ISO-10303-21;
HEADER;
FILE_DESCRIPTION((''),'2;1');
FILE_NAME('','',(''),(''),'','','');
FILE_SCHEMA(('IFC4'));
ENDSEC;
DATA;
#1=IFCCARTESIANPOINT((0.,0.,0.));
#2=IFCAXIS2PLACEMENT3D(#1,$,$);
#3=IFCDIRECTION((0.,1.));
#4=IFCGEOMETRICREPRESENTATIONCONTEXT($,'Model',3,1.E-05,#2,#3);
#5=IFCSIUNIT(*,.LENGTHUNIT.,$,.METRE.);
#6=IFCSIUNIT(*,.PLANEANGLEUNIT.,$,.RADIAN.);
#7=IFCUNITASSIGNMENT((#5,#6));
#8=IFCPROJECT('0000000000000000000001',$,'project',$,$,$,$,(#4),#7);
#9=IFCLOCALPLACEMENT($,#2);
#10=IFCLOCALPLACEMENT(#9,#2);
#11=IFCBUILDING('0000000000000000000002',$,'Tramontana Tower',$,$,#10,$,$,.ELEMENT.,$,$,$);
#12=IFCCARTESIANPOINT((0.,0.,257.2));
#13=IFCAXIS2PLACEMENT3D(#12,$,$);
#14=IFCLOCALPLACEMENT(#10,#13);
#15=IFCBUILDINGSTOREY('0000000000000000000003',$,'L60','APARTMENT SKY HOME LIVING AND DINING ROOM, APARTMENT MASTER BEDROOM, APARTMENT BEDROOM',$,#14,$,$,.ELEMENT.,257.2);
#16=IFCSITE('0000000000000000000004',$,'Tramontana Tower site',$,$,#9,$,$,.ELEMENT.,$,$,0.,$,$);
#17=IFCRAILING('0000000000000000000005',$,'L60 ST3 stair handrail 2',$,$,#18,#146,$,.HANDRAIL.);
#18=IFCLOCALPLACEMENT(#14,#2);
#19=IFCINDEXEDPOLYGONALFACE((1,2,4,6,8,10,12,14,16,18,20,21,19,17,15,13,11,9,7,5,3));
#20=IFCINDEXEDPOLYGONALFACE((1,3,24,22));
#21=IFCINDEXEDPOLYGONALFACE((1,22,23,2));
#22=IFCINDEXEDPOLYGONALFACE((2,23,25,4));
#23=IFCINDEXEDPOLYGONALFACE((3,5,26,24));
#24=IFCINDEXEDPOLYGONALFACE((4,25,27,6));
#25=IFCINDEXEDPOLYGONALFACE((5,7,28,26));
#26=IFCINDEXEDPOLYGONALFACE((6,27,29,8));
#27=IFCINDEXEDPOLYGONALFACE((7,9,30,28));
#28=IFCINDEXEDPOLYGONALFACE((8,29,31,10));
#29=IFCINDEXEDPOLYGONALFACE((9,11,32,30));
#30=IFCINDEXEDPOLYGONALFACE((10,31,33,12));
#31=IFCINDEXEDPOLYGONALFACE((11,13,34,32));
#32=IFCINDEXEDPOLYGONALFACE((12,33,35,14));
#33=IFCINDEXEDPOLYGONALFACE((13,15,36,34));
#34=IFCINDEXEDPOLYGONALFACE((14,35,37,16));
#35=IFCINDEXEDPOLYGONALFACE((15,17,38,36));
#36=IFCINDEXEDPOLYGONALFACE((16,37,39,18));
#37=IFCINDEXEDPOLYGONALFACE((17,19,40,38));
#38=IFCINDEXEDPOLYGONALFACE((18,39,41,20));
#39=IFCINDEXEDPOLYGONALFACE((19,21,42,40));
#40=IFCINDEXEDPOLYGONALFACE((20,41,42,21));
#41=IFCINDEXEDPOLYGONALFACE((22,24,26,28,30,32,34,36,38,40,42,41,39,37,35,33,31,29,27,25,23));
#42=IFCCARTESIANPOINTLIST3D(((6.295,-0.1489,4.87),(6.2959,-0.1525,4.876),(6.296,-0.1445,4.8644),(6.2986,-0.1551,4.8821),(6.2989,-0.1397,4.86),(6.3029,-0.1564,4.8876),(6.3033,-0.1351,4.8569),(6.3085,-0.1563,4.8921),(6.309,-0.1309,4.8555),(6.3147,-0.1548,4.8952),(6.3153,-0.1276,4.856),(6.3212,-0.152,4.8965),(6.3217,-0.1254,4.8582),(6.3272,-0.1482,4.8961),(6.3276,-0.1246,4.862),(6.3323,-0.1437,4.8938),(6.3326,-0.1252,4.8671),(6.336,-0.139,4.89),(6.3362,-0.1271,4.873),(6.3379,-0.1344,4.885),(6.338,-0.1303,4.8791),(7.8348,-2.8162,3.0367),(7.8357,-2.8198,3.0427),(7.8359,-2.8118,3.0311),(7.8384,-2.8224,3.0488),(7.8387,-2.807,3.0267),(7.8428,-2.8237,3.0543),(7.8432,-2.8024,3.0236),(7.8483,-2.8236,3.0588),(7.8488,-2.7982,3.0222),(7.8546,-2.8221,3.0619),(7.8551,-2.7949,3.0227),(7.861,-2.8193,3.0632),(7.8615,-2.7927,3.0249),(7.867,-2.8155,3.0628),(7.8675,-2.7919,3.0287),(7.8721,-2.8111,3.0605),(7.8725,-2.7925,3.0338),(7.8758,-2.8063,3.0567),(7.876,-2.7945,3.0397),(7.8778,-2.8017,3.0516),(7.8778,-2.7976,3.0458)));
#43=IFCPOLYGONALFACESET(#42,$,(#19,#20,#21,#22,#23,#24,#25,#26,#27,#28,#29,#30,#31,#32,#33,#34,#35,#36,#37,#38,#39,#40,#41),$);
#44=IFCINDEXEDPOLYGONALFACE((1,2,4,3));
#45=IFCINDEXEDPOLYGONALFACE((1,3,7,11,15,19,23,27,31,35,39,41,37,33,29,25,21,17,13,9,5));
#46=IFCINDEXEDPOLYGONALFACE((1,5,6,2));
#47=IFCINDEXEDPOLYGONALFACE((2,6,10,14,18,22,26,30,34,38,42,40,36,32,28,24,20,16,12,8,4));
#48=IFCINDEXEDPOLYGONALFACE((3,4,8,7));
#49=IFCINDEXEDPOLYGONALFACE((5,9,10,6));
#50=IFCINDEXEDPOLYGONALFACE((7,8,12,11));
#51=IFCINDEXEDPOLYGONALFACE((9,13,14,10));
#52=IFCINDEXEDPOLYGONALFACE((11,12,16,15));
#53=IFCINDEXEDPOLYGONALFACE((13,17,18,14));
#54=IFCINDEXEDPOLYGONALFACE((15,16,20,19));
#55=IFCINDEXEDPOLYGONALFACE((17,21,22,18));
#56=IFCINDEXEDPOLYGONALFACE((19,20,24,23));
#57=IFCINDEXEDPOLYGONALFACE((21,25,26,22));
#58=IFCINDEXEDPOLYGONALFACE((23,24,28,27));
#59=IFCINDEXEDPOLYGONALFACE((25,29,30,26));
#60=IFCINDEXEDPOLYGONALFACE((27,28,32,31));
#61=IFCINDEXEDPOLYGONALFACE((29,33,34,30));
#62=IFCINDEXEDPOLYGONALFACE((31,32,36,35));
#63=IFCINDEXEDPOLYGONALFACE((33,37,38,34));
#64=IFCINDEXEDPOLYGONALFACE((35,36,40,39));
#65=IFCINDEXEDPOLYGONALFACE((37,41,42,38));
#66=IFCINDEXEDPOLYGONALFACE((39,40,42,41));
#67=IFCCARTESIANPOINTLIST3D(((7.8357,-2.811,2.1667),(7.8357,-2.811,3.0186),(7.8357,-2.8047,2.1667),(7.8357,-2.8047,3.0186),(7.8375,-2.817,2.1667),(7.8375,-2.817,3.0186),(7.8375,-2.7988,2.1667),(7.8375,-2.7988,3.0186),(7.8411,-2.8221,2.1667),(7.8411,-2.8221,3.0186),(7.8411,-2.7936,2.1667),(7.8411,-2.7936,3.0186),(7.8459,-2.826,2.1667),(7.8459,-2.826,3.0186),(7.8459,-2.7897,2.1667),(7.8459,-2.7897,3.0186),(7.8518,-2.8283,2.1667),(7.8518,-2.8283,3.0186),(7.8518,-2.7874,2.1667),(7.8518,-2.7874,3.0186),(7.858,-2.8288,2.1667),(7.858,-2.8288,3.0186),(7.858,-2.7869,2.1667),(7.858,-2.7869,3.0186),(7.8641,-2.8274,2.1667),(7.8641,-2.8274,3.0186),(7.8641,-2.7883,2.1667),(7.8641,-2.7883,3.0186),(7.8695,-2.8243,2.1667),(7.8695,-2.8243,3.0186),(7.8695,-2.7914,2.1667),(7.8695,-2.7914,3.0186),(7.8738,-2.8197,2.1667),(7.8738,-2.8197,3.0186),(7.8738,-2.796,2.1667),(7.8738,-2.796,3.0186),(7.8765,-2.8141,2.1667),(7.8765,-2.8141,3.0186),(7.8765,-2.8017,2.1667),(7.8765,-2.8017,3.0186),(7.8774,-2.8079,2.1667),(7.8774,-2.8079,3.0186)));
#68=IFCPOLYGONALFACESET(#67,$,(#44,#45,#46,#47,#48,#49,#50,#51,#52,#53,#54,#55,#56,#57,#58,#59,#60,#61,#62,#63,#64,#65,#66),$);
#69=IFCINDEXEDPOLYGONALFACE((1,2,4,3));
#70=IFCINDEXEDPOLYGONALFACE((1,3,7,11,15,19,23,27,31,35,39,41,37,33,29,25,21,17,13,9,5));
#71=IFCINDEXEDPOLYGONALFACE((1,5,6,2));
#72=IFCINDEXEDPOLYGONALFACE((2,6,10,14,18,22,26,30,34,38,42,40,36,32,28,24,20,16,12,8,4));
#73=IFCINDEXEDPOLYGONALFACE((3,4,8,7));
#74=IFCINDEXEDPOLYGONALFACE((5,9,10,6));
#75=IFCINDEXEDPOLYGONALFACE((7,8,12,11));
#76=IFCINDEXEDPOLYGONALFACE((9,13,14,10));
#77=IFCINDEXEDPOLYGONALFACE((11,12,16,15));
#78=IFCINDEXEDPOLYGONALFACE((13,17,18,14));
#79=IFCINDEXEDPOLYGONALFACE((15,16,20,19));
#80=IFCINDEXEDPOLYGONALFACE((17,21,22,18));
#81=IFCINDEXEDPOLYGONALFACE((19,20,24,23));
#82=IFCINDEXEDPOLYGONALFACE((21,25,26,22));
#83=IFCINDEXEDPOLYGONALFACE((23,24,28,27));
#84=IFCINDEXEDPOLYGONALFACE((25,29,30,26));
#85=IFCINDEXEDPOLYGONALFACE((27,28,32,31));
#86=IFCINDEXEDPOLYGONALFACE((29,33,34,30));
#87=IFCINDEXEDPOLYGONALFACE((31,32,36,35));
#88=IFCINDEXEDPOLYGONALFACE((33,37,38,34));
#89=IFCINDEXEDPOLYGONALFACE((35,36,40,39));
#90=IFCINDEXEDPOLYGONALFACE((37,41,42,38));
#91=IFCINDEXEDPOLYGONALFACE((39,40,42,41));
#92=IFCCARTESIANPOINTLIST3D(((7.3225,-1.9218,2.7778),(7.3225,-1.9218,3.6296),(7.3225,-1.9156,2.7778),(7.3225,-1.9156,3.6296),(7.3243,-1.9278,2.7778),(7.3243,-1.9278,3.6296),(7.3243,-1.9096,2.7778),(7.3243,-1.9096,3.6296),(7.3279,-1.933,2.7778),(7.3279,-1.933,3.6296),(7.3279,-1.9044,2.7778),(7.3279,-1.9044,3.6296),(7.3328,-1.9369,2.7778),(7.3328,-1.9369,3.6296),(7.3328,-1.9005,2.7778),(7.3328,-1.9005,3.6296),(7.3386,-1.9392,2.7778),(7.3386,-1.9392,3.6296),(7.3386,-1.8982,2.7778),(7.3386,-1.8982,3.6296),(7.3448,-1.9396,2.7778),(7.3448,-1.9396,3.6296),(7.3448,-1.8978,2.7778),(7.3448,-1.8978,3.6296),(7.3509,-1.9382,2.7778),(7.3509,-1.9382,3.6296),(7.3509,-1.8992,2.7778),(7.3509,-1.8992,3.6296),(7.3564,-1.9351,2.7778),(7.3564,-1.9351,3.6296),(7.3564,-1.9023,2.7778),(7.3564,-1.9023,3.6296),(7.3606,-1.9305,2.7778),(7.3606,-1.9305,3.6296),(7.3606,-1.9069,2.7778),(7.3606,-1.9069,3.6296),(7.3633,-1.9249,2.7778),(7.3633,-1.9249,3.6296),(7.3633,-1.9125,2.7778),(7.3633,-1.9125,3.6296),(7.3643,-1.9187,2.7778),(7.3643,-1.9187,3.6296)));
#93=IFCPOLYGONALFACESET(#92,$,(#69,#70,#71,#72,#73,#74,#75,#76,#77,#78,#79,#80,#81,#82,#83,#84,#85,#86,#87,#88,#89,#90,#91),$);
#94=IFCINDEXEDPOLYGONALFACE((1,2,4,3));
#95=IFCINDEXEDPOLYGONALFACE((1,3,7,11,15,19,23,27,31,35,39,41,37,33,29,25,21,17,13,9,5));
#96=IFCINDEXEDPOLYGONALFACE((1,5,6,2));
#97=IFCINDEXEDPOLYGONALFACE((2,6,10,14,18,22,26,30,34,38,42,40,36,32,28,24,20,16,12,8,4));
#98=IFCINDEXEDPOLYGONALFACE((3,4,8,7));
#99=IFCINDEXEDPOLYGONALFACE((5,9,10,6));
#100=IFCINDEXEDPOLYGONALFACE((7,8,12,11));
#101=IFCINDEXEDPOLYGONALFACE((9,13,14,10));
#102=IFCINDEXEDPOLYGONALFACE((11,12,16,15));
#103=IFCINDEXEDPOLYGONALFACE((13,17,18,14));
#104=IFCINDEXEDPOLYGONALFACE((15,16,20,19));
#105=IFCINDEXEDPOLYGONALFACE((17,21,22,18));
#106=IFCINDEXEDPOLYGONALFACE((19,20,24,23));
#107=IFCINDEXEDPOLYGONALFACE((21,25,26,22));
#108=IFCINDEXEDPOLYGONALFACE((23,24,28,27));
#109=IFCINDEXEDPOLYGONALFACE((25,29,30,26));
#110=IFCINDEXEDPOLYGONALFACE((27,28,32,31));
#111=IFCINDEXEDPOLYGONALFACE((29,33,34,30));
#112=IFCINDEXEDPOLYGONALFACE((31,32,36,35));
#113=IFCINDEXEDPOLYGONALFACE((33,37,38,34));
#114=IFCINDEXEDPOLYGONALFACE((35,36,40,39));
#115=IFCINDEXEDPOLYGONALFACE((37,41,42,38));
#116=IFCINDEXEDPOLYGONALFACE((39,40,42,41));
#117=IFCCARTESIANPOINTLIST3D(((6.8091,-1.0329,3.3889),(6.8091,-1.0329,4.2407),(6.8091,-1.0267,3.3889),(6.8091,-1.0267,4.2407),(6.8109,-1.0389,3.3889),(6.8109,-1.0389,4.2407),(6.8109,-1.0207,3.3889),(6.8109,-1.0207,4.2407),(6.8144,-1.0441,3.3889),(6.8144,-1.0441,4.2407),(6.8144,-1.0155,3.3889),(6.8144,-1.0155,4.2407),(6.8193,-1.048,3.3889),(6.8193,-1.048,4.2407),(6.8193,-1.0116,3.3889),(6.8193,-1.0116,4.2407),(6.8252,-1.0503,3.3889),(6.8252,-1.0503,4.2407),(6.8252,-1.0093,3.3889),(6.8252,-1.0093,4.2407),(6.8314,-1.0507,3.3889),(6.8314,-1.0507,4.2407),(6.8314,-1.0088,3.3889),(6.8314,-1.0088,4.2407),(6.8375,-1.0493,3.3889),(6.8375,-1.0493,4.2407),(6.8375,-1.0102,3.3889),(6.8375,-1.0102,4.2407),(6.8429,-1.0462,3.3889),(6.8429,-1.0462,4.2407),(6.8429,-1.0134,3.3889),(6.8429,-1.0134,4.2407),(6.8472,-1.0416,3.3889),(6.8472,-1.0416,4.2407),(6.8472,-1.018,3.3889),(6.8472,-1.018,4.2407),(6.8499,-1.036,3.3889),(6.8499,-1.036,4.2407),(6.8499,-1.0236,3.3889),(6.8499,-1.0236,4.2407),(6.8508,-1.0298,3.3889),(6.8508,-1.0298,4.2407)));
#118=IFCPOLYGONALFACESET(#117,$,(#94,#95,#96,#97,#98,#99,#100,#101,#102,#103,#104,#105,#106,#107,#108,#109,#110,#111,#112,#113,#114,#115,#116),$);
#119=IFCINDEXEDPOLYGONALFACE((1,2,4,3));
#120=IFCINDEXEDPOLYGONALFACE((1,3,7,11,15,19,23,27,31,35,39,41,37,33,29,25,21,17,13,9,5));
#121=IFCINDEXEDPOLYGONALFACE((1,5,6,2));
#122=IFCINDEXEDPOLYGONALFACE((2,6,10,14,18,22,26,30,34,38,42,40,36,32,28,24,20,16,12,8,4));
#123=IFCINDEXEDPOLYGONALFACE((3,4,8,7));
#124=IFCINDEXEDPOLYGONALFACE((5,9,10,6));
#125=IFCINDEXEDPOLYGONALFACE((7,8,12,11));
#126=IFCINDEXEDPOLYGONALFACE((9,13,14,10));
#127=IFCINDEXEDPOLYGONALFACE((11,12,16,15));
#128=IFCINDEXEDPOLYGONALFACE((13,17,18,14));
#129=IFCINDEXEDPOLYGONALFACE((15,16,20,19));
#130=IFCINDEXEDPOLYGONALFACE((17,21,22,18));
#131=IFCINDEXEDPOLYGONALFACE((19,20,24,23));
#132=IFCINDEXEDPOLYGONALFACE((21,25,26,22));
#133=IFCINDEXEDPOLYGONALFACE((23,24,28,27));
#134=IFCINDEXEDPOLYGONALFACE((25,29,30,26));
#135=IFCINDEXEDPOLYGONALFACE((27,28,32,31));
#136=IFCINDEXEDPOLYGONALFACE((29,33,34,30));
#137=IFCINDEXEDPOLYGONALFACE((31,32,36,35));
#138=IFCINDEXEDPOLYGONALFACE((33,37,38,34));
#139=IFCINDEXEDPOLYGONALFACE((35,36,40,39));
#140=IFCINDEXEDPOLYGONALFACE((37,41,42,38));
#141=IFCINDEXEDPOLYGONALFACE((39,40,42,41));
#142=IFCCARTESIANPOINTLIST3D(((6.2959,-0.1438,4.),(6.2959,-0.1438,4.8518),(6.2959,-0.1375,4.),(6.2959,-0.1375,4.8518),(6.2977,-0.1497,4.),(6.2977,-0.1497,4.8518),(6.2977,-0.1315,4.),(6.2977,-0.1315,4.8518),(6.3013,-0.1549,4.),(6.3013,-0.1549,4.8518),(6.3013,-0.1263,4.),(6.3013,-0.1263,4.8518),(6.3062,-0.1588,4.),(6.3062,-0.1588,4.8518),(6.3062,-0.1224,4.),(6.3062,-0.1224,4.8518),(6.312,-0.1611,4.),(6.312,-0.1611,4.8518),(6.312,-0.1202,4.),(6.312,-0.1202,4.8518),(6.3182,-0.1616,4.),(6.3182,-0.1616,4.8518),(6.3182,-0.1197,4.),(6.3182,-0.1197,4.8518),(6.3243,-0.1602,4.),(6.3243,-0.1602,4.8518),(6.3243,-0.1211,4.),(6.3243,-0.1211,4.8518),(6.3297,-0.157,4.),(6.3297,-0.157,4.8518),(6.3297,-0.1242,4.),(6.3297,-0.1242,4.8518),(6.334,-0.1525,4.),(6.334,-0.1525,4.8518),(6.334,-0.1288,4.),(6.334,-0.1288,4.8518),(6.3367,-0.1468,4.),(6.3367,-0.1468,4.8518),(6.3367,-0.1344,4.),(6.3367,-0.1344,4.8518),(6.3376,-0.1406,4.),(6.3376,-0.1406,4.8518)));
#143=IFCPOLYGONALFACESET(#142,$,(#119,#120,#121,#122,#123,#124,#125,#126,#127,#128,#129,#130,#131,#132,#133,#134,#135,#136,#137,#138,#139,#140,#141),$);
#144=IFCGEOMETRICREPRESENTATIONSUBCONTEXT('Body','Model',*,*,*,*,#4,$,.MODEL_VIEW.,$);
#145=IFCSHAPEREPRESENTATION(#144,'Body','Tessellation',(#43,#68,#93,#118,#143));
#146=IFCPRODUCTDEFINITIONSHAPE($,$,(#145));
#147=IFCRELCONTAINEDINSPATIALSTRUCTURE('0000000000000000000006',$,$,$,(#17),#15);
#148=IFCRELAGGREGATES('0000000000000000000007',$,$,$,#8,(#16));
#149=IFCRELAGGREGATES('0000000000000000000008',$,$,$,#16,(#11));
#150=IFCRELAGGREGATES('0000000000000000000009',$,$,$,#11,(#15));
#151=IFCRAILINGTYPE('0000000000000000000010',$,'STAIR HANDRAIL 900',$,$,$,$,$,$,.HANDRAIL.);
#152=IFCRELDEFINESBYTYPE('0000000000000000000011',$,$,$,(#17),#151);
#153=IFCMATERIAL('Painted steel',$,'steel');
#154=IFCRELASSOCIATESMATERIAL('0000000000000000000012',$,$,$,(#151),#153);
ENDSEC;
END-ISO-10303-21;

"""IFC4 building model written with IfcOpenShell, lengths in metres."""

from ifc_helpers import new_model, si_unit, direction, frame, origin, origin_2d, place, context, subcontext, project, spatial, circle, extrude, material, type_object, element, save


model = new_model("IFC4")

# Units and contexts
model_context = context("Model", 3, precision=1e-05, world=origin(), true_north=direction((0.0, 1.0)))
body_context = subcontext(model_context, "Body", "Model", "MODEL_VIEW")
ifc_project = project(units=[si_unit("LENGTHUNIT", "METRE"), si_unit("PLANEANGLEUNIT", "RADIAN")], contexts=[model_context])

# Site, building, storey
site_placement = place(None, origin())
site = spatial("IfcSite", under=ifc_project, at=site_placement, Name="Tramontana Tower site", CompositionType="ELEMENT", RefElevation=0.0)
building_placement = place(site_placement, origin())
building = spatial("IfcBuilding", under=site, at=building_placement, Name="Tramontana Tower", CompositionType="ELEMENT")
storey_placement = place(building_placement, frame((0.0, 0.0, 257.2)))
storey = spatial("IfcBuildingStorey", under=building, at=storey_placement, Name="L60", Description="APARTMENT SKY HOME LIVING AND DINING ROOM, APARTMENT MASTER BEDROOM, APARTMENT BEDROOM", CompositionType="ELEMENT", Elevation=257.2)

# Railing
ifc_material_1 = material(Name="Painted steel", Category="steel")
railing_type_1 = type_object("IfcRailingType", Name="STAIR HANDRAIL 900", PredefinedType="HANDRAIL", material=ifc_material_1)
railing_1_placement = place(storey_placement, frame((7.8564, -2.8079, 2.1667)))
element("IfcRailing", 1, at=railing_1_placement, inside=storey, type_object=railing_type_1, Name="L60 ST3 stair handrail 2", PredefinedType="HANDRAIL", context=body_context, shape_type="SweptSolid", body=[
    extrude(circle(Radius=0.0239, at=origin_2d()), frame((0.0, 0.0, 0.876), z_axis=(-0.429616, 0.744181, 0.511493), x_axis=(-0.866044, -0.499967, 0.0)), (0.0, 0.0, 1.0), 3.5842),
    extrude(circle(Radius=0.021, at=origin_2d()), origin(), (0.0, 0.0, 1.0), 0.8518),
    extrude(circle(Radius=0.021, at=origin_2d()), frame((-0.5132, 0.8892, 0.6111)), (0.0, 0.0, 1.0), 0.8518),
    extrude(circle(Radius=0.021, at=origin_2d()), frame((-1.0266, 1.7781, 1.2222)), (0.0, 0.0, 1.0), 0.8518),
    extrude(circle(Radius=0.021, at=origin_2d()), frame((-1.5398, 2.6672, 1.8333)), (0.0, 0.0, 1.0), 0.8518),
])

save(model, "model.ifc")
